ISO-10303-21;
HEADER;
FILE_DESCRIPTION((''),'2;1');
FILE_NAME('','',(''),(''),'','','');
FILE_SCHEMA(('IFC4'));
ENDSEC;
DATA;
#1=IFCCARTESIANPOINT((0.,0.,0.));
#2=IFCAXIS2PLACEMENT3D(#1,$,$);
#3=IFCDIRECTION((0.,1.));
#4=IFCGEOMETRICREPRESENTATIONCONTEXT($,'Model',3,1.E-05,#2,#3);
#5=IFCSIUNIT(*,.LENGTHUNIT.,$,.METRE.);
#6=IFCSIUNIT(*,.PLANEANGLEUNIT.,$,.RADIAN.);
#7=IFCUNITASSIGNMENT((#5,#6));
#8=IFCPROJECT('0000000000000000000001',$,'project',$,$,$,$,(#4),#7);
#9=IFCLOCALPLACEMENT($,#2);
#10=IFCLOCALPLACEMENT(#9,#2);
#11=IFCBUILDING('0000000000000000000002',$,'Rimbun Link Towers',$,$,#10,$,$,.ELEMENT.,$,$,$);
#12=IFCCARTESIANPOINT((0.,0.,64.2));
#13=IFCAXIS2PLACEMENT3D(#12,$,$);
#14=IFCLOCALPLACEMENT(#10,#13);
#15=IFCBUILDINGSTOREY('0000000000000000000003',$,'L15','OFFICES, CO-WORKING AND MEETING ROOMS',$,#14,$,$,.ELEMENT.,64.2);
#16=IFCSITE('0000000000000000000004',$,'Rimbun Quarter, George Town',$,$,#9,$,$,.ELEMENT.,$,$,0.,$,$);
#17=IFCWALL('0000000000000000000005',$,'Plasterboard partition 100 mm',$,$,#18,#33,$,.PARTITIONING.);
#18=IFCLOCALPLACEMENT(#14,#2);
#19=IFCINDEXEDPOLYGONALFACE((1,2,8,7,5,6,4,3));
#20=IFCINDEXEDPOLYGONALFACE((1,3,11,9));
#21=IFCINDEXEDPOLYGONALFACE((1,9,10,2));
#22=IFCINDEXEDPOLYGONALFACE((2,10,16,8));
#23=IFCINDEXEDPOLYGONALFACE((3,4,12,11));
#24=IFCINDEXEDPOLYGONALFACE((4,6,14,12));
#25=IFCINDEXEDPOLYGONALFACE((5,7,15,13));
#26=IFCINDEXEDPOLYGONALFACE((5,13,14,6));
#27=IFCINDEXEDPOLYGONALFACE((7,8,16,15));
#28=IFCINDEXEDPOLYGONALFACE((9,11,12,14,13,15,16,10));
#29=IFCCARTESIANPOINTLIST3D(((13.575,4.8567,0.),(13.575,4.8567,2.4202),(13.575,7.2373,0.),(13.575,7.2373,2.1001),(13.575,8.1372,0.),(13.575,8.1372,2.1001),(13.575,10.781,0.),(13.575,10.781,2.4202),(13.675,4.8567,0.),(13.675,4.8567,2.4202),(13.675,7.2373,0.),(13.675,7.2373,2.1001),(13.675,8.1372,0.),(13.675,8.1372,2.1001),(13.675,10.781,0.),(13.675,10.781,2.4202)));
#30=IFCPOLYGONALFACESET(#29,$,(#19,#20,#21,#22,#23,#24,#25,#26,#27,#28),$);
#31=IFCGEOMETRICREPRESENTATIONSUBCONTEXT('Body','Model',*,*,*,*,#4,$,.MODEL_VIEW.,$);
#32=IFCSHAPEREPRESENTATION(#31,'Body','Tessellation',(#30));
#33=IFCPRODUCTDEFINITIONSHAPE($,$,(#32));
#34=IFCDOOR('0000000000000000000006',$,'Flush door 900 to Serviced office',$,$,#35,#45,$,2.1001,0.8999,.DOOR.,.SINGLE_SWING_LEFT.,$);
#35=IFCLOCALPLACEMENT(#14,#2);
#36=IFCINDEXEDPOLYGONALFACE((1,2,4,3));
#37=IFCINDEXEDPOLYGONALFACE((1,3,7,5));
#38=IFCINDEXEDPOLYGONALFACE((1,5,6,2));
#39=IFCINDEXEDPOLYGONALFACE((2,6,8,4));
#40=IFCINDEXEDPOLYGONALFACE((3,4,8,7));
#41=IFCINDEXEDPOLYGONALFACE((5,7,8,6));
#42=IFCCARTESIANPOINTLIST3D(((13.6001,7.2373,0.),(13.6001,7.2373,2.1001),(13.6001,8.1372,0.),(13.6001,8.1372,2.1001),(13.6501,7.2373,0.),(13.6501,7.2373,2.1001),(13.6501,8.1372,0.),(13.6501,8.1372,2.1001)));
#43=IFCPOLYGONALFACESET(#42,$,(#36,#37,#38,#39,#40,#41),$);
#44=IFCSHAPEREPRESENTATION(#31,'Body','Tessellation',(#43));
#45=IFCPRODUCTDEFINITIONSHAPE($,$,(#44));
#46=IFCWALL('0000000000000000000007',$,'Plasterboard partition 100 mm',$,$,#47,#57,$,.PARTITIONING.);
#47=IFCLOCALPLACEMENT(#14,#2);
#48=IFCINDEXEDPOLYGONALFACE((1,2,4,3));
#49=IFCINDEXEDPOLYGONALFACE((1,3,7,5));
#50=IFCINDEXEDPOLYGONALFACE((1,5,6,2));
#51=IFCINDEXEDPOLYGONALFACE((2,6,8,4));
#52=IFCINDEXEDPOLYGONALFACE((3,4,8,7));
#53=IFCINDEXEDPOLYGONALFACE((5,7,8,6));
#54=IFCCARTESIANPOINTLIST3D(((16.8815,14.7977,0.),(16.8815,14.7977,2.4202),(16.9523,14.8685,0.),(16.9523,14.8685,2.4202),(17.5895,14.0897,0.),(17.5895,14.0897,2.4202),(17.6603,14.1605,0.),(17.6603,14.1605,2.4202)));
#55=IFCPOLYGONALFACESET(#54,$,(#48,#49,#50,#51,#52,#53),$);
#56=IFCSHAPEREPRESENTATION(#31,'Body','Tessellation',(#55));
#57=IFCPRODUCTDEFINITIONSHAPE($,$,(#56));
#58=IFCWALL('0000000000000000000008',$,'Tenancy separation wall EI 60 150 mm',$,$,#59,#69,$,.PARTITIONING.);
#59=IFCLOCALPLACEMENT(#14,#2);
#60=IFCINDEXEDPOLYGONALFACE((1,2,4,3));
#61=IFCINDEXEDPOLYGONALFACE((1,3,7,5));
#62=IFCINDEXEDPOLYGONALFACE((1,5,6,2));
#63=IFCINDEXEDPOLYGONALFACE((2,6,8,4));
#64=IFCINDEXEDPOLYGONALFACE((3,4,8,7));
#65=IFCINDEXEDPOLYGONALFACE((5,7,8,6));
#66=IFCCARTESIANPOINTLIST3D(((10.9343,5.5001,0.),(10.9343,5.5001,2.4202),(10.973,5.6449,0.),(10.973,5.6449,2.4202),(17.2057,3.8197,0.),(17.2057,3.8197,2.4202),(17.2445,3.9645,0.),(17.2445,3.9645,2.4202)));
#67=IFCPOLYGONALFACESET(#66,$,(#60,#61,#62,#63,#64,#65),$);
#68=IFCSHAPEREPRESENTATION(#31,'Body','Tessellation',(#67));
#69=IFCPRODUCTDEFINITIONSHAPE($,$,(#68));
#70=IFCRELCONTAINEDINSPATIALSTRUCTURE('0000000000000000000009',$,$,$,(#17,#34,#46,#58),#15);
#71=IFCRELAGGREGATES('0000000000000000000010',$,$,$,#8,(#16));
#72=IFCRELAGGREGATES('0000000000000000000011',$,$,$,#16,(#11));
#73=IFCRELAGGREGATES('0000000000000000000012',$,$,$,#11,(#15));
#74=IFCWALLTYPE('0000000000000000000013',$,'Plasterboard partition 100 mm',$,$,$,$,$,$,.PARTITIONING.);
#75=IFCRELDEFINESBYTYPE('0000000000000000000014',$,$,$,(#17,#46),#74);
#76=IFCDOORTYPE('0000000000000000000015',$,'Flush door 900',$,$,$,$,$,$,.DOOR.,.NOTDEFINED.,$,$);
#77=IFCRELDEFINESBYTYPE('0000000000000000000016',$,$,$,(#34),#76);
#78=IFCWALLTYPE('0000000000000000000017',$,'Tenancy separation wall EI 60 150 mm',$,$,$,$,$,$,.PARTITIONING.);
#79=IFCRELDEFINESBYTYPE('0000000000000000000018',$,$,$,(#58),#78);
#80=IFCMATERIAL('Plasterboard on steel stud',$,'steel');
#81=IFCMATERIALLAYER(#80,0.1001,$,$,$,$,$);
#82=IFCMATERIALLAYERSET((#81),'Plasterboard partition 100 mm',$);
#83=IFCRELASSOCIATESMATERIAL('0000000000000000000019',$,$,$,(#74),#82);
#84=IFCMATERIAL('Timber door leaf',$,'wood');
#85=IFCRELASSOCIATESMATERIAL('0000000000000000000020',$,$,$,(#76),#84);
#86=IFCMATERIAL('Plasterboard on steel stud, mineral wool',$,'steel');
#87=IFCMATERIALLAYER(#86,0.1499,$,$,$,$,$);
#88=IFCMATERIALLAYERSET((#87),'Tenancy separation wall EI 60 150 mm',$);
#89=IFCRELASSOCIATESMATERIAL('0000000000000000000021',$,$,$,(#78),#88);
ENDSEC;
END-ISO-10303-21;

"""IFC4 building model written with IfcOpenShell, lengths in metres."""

from ifc_helpers import new_model, si_unit, direction, frame, frame_2d, origin, place, context, subcontext, project, spatial, rectangle, extrude, material, layer, layer_set, type_object, element, fill, save


model = new_model("IFC4")

# Units and contexts
model_context = context("Model", 3, precision=1e-05, world=origin(), true_north=direction((0.0, 1.0)))
body_context = subcontext(model_context, "Body", "Model", "MODEL_VIEW")
ifc_project = project(units=[si_unit("LENGTHUNIT", "METRE"), si_unit("PLANEANGLEUNIT", "RADIAN")], contexts=[model_context])

# Site, building, storey
site_placement = place(None, origin())
site = spatial("IfcSite", under=ifc_project, at=site_placement, Name="Rimbun Quarter, George Town", CompositionType="ELEMENT", RefElevation=0.0)
building_placement = place(site_placement, origin())
building = spatial("IfcBuilding", under=site, at=building_placement, Name="Rimbun Link Towers", CompositionType="ELEMENT")
storey_placement = place(building_placement, frame((0.0, 0.0, 64.2)))
storey = spatial("IfcBuildingStorey", under=building, at=storey_placement, Name="L15", Description="OFFICES, CO-WORKING AND MEETING ROOMS", CompositionType="ELEMENT", Elevation=64.2)

# Shared definitions
ifc_material_1 = material(Name="Plasterboard on steel stud", Category="steel")
ifc_layer_1 = layer(ifc_material_1, 0.1001)
ifc_layer_set_1 = layer_set([ifc_layer_1], Name="Plasterboard partition 100 mm")
wall_type_1 = type_object("IfcWallType", Name="Plasterboard partition 100 mm", PredefinedType="PARTITIONING", material=ifc_layer_set_1)
ifc_material_2 = material(Name="Timber door leaf", Category="wood")
door_type_1 = type_object("IfcDoorType", Name="Flush door 900", OperationType="NOTDEFINED", PredefinedType="DOOR", material=ifc_material_2)

# Wall, opening, door
wall_1_placement = place(storey_placement, frame((13.625, 4.8567, 0.0), z_axis=(0.0, 0.0, 1.0), x_axis=(0.0, 1.0, 0.0)))
wall_1 = element("IfcWall", 1, at=wall_1_placement, inside=storey, type_object=wall_type_1, Name="Plasterboard partition 100 mm", PredefinedType="PARTITIONING", context=body_context, shape_type="SweptSolid", body=[
    extrude(rectangle(XDim=5.9243, YDim=0.1001, at=frame_2d((2.9622, 0.0))), origin(), (0.0, 0.0, 1.0), 2.4202),
])
opening_1_placement = place(wall_1_placement, frame((2.3806, 0.0, 0.0)))
opening_1 = element("IfcOpeningElement", 2, at=opening_1_placement, cuts=wall_1, PredefinedType="OPENING", context=body_context, shape_type="SweptSolid", body=[
    extrude(rectangle(XDim=0.8999, YDim=2.1001, at=frame_2d((0.45, 1.05))), frame((0.0, 0.0601, 0.0), z_axis=(0.0, -1.0, 0.0), x_axis=(1.0, 0.0, 0.0)), (0.0, 0.0, 1.0), 0.1201),
])
door_1_placement = place(opening_1_placement, origin())
door_1 = element("IfcDoor", 3, at=door_1_placement, inside=storey, type_object=door_type_1, Name="Flush door 900 to Serviced office", OperationType="SINGLE_SWING_LEFT", OverallHeight=2.1001, OverallWidth=0.8999, PredefinedType="DOOR", context=body_context, shape_type="SweptSolid", body=[
    extrude(rectangle(XDim=0.8999, YDim=2.1001, at=frame_2d((0.45, 1.05))), frame((0.0, 0.0249, 0.0), z_axis=(0.0, -1.0, 0.0), x_axis=(1.0, 0.0, 0.0)), (0.0, 0.0, 1.0), 0.05),
])
fill(opening_1, door_1)

# Walls
wall_2_placement = place(storey_placement, frame((16.917, 14.833, 0.0), z_axis=(0.0, 0.0, 1.0), x_axis=(0.707107, -0.707107, 0.0)))
element("IfcWall", 4, at=wall_2_placement, inside=storey, type_object=wall_type_1, Name="Plasterboard partition 100 mm", PredefinedType="PARTITIONING", context=body_context, shape_type="SweptSolid", body=[
    extrude(rectangle(XDim=1.0012, YDim=0.1001, at=frame_2d((0.5005, 0.0))), origin(), (0.0, 0.0, 1.0), 2.4202),
])
ifc_material_3 = material(Name="Plasterboard on steel stud, mineral wool", Category="steel")
ifc_layer_2 = layer(ifc_material_3, 0.1499)
ifc_layer_set_2 = layer_set([ifc_layer_2], Name="Tenancy separation wall EI 60 150 mm")
wall_type_2 = type_object("IfcWallType", Name="Tenancy separation wall EI 60 150 mm", PredefinedType="PARTITIONING", material=ifc_layer_set_2)
wall_3_placement = place(storey_placement, frame((17.2251, 3.8921, 0.0), z_axis=(0.0, 0.0, 1.0), x_axis=(-0.965927, 0.258816, 0.0)))
element("IfcWall", 5, at=wall_3_placement, inside=storey, type_object=wall_type_2, Name="Tenancy separation wall EI 60 150 mm", PredefinedType="PARTITIONING", context=body_context, shape_type="SweptSolid", body=[
    extrude(rectangle(XDim=6.4927, YDim=0.1499, at=frame_2d((3.2463, 0.0))), origin(), (0.0, 0.0, 1.0), 2.4202),
])

save(model, "model.ifc")
